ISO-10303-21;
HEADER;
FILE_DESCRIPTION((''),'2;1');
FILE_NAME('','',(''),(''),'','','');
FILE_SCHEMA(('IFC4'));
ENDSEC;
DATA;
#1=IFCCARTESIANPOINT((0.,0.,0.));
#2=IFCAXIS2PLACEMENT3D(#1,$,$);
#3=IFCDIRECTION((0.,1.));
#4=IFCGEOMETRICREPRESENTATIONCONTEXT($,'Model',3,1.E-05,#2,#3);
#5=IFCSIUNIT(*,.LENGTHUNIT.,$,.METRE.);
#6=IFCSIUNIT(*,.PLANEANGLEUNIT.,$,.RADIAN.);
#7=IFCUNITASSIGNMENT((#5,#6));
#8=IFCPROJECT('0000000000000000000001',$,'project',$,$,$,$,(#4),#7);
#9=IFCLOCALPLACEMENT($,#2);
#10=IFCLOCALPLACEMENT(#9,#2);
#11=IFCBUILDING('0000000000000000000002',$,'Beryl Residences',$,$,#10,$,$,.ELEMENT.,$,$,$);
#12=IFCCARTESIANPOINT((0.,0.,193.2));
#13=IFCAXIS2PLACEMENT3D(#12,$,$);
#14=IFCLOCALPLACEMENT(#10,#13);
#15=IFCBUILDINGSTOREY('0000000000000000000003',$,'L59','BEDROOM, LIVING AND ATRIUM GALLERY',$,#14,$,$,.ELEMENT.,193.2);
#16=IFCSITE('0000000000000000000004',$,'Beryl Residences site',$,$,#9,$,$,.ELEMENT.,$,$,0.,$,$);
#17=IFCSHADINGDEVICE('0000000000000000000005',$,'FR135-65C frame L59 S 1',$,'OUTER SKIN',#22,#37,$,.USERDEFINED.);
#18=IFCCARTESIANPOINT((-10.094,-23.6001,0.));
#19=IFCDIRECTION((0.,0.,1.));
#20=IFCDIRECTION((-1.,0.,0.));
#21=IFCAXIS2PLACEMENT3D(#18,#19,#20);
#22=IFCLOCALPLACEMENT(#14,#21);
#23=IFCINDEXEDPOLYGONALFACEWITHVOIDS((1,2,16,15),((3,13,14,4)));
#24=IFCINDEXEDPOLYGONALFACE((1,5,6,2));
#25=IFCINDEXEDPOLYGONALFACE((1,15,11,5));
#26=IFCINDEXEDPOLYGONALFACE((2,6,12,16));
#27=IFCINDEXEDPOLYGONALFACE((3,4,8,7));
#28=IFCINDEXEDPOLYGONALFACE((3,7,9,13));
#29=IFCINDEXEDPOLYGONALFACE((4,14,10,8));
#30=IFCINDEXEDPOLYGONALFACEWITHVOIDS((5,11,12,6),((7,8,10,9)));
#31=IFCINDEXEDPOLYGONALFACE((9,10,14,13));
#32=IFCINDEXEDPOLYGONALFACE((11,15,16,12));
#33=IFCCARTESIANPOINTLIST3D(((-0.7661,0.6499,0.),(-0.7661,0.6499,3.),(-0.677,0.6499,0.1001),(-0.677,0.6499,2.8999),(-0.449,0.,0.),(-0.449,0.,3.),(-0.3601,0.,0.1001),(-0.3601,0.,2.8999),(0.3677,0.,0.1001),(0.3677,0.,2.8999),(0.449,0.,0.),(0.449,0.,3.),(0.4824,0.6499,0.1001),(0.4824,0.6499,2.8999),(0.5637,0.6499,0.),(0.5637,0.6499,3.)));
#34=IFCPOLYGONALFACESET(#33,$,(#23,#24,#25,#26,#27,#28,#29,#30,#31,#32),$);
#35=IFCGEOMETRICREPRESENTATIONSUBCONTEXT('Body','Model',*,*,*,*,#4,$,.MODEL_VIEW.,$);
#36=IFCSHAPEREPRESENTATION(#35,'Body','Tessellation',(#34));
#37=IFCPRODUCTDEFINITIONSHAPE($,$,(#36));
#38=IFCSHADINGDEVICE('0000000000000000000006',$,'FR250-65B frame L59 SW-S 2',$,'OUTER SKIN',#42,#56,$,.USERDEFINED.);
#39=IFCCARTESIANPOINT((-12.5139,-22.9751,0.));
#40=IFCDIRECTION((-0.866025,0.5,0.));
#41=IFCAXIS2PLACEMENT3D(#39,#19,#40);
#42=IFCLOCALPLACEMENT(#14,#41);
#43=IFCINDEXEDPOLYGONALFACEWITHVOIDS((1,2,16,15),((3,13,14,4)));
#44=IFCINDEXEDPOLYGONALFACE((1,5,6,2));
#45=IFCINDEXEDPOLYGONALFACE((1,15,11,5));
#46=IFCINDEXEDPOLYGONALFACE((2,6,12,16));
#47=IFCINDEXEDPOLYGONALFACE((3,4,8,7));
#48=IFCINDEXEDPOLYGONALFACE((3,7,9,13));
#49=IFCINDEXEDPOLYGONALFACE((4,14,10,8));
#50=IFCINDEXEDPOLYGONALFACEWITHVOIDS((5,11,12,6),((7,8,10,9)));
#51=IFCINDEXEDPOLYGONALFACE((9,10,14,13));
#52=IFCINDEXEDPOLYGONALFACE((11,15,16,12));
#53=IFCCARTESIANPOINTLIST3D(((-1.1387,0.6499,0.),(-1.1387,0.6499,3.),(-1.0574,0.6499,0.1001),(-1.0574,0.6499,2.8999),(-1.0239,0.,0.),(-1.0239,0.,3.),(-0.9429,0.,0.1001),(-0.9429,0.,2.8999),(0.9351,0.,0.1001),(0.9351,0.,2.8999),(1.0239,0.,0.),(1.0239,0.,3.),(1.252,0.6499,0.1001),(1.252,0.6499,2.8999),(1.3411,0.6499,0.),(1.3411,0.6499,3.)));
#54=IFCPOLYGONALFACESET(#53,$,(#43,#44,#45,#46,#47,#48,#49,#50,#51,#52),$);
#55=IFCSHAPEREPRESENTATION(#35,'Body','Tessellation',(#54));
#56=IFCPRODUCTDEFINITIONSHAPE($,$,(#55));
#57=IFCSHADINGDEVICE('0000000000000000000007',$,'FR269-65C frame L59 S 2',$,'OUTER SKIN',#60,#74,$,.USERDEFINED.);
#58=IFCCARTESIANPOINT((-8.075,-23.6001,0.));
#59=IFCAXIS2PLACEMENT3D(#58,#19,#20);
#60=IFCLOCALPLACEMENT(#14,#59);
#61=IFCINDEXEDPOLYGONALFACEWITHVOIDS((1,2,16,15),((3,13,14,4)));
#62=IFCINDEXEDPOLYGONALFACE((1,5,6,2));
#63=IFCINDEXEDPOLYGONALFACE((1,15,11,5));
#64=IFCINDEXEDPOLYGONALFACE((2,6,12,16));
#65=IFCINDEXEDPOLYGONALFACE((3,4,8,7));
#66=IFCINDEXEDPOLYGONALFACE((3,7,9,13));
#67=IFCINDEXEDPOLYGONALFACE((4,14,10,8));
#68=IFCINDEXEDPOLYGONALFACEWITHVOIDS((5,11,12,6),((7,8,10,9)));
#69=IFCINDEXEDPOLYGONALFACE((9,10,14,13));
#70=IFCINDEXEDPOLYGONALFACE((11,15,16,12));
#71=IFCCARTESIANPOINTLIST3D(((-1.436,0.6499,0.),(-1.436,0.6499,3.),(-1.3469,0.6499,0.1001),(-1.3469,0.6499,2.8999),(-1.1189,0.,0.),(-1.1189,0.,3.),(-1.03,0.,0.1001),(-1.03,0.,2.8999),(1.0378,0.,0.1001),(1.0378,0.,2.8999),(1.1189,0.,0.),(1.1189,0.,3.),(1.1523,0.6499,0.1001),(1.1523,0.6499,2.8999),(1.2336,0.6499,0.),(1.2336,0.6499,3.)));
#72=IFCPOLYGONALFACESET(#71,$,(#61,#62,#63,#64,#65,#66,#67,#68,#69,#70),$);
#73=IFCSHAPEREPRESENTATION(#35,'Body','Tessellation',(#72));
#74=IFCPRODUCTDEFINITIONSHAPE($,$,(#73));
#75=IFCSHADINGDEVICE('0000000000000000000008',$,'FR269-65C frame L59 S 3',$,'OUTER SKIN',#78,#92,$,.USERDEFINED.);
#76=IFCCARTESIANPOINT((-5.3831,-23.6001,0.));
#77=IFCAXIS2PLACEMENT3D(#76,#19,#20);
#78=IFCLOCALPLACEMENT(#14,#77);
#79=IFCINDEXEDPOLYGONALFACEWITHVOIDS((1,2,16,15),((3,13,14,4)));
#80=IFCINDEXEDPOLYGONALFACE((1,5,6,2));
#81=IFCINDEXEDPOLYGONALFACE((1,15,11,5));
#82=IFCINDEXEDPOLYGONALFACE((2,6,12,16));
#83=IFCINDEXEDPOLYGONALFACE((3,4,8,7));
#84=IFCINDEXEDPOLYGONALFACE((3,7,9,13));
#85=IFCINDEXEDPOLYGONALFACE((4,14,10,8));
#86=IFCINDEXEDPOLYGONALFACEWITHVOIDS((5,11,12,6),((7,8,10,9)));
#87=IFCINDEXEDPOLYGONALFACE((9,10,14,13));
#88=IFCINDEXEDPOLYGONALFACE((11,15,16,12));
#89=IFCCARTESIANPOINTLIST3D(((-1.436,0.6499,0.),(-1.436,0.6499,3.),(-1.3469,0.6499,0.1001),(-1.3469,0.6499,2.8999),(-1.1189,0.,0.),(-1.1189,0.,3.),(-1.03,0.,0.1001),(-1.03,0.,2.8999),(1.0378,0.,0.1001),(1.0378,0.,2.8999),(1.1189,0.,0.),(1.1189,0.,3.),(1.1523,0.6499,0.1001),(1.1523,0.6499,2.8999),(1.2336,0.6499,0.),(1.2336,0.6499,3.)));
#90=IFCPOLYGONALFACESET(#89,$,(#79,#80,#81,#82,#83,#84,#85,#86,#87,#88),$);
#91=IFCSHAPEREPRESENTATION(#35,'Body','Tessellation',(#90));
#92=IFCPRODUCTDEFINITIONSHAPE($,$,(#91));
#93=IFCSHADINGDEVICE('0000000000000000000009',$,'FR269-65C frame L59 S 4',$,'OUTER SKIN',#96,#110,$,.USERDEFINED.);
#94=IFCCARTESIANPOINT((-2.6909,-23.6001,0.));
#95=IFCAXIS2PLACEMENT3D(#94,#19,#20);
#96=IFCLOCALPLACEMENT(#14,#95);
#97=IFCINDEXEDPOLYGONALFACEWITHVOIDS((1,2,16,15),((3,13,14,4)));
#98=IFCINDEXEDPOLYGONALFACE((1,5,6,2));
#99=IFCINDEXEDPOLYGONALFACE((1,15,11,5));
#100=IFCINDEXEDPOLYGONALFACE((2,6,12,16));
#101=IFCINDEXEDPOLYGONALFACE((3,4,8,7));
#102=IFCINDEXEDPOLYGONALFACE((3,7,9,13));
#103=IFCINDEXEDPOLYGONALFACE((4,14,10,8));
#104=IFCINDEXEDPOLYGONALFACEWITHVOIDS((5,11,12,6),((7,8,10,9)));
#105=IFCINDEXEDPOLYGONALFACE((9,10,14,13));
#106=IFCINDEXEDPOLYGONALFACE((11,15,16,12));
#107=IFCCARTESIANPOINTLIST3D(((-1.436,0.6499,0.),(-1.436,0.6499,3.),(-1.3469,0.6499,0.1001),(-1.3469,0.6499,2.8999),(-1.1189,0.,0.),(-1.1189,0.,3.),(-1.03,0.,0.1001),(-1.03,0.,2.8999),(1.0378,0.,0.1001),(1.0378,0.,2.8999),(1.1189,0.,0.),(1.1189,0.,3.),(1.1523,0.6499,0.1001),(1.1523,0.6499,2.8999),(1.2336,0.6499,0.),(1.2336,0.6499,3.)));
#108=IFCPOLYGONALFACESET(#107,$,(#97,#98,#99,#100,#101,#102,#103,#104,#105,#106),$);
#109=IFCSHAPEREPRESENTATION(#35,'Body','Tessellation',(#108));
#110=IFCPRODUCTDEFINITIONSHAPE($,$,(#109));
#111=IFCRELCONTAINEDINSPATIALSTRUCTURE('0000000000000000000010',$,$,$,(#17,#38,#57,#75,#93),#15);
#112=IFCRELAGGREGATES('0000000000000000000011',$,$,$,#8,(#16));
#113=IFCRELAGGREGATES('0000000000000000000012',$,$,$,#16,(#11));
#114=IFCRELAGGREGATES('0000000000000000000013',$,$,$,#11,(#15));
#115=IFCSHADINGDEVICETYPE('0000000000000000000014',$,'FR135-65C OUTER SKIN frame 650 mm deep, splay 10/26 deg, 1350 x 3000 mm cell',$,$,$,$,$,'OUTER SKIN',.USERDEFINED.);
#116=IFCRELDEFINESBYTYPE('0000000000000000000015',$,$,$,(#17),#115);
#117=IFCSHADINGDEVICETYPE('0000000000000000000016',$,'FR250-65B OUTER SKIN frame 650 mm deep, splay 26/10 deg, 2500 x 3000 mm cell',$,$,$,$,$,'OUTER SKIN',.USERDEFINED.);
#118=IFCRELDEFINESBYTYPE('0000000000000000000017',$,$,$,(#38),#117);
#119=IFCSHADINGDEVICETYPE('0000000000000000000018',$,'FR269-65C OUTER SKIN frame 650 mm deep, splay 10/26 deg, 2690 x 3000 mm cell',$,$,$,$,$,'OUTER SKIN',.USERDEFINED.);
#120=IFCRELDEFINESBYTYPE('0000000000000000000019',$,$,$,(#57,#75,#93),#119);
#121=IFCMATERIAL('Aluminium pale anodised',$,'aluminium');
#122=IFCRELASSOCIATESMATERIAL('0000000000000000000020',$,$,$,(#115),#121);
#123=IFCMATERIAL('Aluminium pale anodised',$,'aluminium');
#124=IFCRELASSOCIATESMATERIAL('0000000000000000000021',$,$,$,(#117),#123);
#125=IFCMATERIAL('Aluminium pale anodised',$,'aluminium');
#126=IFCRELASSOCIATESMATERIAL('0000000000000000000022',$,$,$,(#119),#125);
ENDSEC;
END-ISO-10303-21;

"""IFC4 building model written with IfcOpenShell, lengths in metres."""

from ifc_helpers import new_model, entity, si_unit, direction, frame, origin, place, context, subcontext, project, spatial, source, transform, mapped, material, type_object, type_shapes, element, save


model = new_model("IFC4")

# Units and contexts
model_context = context("Model", 3, precision=1e-05, world=origin(), true_north=direction((0.0, 1.0)))
body_context = subcontext(model_context, "Body", "Model", "MODEL_VIEW")
ifc_project = project(units=[si_unit("LENGTHUNIT", "METRE"), si_unit("PLANEANGLEUNIT", "RADIAN")], contexts=[model_context])

# Site, building, storey
site_placement = place(None, origin())
site = spatial("IfcSite", under=ifc_project, at=site_placement, Name="Beryl Residences site", CompositionType="ELEMENT", RefElevation=0.0)
building_placement = place(site_placement, origin())
building = spatial("IfcBuilding", under=site, at=building_placement, Name="Beryl Residences", CompositionType="ELEMENT")
storey_placement = place(building_placement, frame((0.0, 0.0, 193.2)))
storey = spatial("IfcBuildingStorey", under=building, at=storey_placement, Name="L59", Description="BEDROOM, LIVING AND ATRIUM GALLERY", CompositionType="ELEMENT", Elevation=193.2)

# Shading devices
ifc_material_1 = material(Name="Aluminium pale anodised", Category="aluminium")
shading_device_type_1 = type_object("IfcShadingDeviceType", Name="FR135-65C OUTER SKIN frame 650 mm deep, splay 10/26 deg, 1350 x 3000 mm cell", ElementType="OUTER SKIN", PredefinedType="USERDEFINED", material=ifc_material_1)
cartesian_point_1 = entity("IfcCartesianPoint", [-0.449, 0.0])
cartesian_point_2 = entity("IfcCartesianPoint", [-0.3677, 0.1001])
cartesian_point_3 = entity("IfcCartesianPoint", [-0.5637, 0.0])
cartesian_point_4 = entity("IfcCartesianPoint", [-0.4824, 0.1001])
shared_shape_1 = source(origin(), body_context, "Body", "SweptSolid", [
    entity("IfcExtrudedAreaSolidTapered", entity("IfcArbitraryProfileDefWithVoids", "AREA", None, entity("IfcPolyline", [cartesian_point_1, entity("IfcCartesianPoint", [0.449, 0.0]), entity("IfcCartesianPoint", [0.449, 3.0]), entity("IfcCartesianPoint", [-0.449, 3.0]), cartesian_point_1]), [entity("IfcPolyline", [cartesian_point_2, entity("IfcCartesianPoint", [0.3601, 0.1001]), entity("IfcCartesianPoint", [0.3601, 2.8999]), entity("IfcCartesianPoint", [-0.3677, 2.8999]), cartesian_point_2])]), entity("IfcAxis2Placement3D", entity("IfcCartesianPoint", [0.0, 0.0, 0.0]), entity("IfcDirection", [0.0, 1.0, 0.0]), entity("IfcDirection", [-1.0, 0.0, 0.0])), entity("IfcDirection", [0.0, 0.0, 1.0]), 0.6499, entity("IfcArbitraryProfileDefWithVoids", "AREA", None, entity("IfcPolyline", [cartesian_point_3, entity("IfcCartesianPoint", [0.7661, 0.0]), entity("IfcCartesianPoint", [0.7661, 3.0]), entity("IfcCartesianPoint", [-0.5637, 3.0]), cartesian_point_3]), [entity("IfcPolyline", [cartesian_point_4, entity("IfcCartesianPoint", [0.677, 0.1001]), entity("IfcCartesianPoint", [0.677, 2.8999]), entity("IfcCartesianPoint", [-0.4824, 2.8999]), cartesian_point_4])])),
])
type_shapes(shading_device_type_1, [shared_shape_1])
shading_device_1_placement = place(storey_placement, frame((-10.094, -23.6001, 0.0), z_axis=(0.0, 0.0, 1.0), x_axis=(-1.0, 0.0, 0.0)))
element("IfcShadingDevice", 1, at=shading_device_1_placement, inside=storey, type_object=shading_device_type_1, Name="FR135-65C frame L59 S 1", ObjectType="OUTER SKIN", PredefinedType="USERDEFINED", context=body_context, shape_type="MappedRepresentation", body=[
    mapped(shared_shape_1, transform((0.0, 0.0, 0.0))),
])
ifc_material_2 = material(Name="Aluminium pale anodised", Category="aluminium")
shading_device_type_2 = type_object("IfcShadingDeviceType", Name="FR250-65B OUTER SKIN frame 650 mm deep, splay 26/10 deg, 2500 x 3000 mm cell", ElementType="OUTER SKIN", PredefinedType="USERDEFINED", material=ifc_material_2)
cartesian_point_5 = entity("IfcCartesianPoint", [-1.0239, 0.0])
cartesian_point_6 = entity("IfcCartesianPoint", [-0.9351, 0.1001])
cartesian_point_7 = entity("IfcCartesianPoint", [-1.3411, 0.0])
cartesian_point_8 = entity("IfcCartesianPoint", [-1.252, 0.1001])
shared_shape_2 = source(origin(), body_context, "Body", "SweptSolid", [
    entity("IfcExtrudedAreaSolidTapered", entity("IfcArbitraryProfileDefWithVoids", "AREA", None, entity("IfcPolyline", [cartesian_point_5, entity("IfcCartesianPoint", [1.0239, 0.0]), entity("IfcCartesianPoint", [1.0239, 3.0]), entity("IfcCartesianPoint", [-1.0239, 3.0]), cartesian_point_5]), [entity("IfcPolyline", [cartesian_point_6, entity("IfcCartesianPoint", [0.9429, 0.1001]), entity("IfcCartesianPoint", [0.9429, 2.8999]), entity("IfcCartesianPoint", [-0.9351, 2.8999]), cartesian_point_6])]), entity("IfcAxis2Placement3D", entity("IfcCartesianPoint", [0.0, 0.0, 0.0]), entity("IfcDirection", [0.0, 1.0, 0.0]), entity("IfcDirection", [-1.0, 0.0, 0.0])), entity("IfcDirection", [0.0, 0.0, 1.0]), 0.6499, entity("IfcArbitraryProfileDefWithVoids", "AREA", None, entity("IfcPolyline", [cartesian_point_7, entity("IfcCartesianPoint", [1.1387, 0.0]), entity("IfcCartesianPoint", [1.1387, 3.0]), entity("IfcCartesianPoint", [-1.3411, 3.0]), cartesian_point_7]), [entity("IfcPolyline", [cartesian_point_8, entity("IfcCartesianPoint", [1.0574, 0.1001]), entity("IfcCartesianPoint", [1.0574, 2.8999]), entity("IfcCartesianPoint", [-1.252, 2.8999]), cartesian_point_8])])),
])
type_shapes(shading_device_type_2, [shared_shape_2])
shading_device_2_placement = place(storey_placement, frame((-12.5139, -22.9751, 0.0), z_axis=(0.0, 0.0, 1.0), x_axis=(-0.866025, 0.5, 0.0)))
element("IfcShadingDevice", 2, at=shading_device_2_placement, inside=storey, type_object=shading_device_type_2, Name="FR250-65B frame L59 SW-S 2", ObjectType="OUTER SKIN", PredefinedType="USERDEFINED", context=body_context, shape_type="MappedRepresentation", body=[
    mapped(shared_shape_2, transform((0.0, 0.0, 0.0))),
])
ifc_material_3 = material(Name="Aluminium pale anodised", Category="aluminium")
shading_device_type_3 = type_object("IfcShadingDeviceType", Name="FR269-65C OUTER SKIN frame 650 mm deep, splay 10/26 deg, 2690 x 3000 mm cell", ElementType="OUTER SKIN", PredefinedType="USERDEFINED", material=ifc_material_3)
cartesian_point_9 = entity("IfcCartesianPoint", [-1.1189, 0.0])
cartesian_point_10 = entity("IfcCartesianPoint", [-1.0378, 0.1001])
cartesian_point_11 = entity("IfcCartesianPoint", [-1.2336, 0.0])
cartesian_point_12 = entity("IfcCartesianPoint", [-1.1523, 0.1001])
shared_shape_3 = source(origin(), body_context, "Body", "SweptSolid", [
    entity("IfcExtrudedAreaSolidTapered", entity("IfcArbitraryProfileDefWithVoids", "AREA", None, entity("IfcPolyline", [cartesian_point_9, entity("IfcCartesianPoint", [1.1189, 0.0]), entity("IfcCartesianPoint", [1.1189, 3.0]), entity("IfcCartesianPoint", [-1.1189, 3.0]), cartesian_point_9]), [entity("IfcPolyline", [cartesian_point_10, entity("IfcCartesianPoint", [1.03, 0.1001]), entity("IfcCartesianPoint", [1.03, 2.8999]), entity("IfcCartesianPoint", [-1.0378, 2.8999]), cartesian_point_10])]), entity("IfcAxis2Placement3D", entity("IfcCartesianPoint", [0.0, 0.0, 0.0]), entity("IfcDirection", [0.0, 1.0, 0.0]), entity("IfcDirection", [-1.0, 0.0, 0.0])), entity("IfcDirection", [0.0, 0.0, 1.0]), 0.6499, entity("IfcArbitraryProfileDefWithVoids", "AREA", None, entity("IfcPolyline", [cartesian_point_11, entity("IfcCartesianPoint", [1.436, 0.0]), entity("IfcCartesianPoint", [1.436, 3.0]), entity("IfcCartesianPoint", [-1.2336, 3.0]), cartesian_point_11]), [entity("IfcPolyline", [cartesian_point_12, entity("IfcCartesianPoint", [1.3469, 0.1001]), entity("IfcCartesianPoint", [1.3469, 2.8999]), entity("IfcCartesianPoint", [-1.1523, 2.8999]), cartesian_point_12])])),
])
type_shapes(shading_device_type_3, [shared_shape_3])
for number, where, z_axis, x_axis, name in (
    (3, (-8.075, -23.6001, 0.0), (0.0, 0.0, 1.0), (-1.0, 0.0, 0.0), "FR269-65C frame L59 S 2"),
    (4, (-5.3831, -23.6001, 0.0), (0.0, 0.0, 1.0), (-1.0, 0.0, 0.0), "FR269-65C frame L59 S 3"),
    (5, (-2.6909, -23.6001, 0.0), (0.0, 0.0, 1.0), (-1.0, 0.0, 0.0), "FR269-65C frame L59 S 4"),
):
    element("IfcShadingDevice", number, at=place(storey_placement, frame(where, z_axis=z_axis, x_axis=x_axis)), inside=storey, type_object=shading_device_type_3, Name=name, ObjectType="OUTER SKIN", PredefinedType="USERDEFINED", context=body_context, shape_type="MappedRepresentation", body=[
        mapped(shared_shape_3, transform((0.0, 0.0, 0.0))),
    ])

save(model, "model.ifc")
